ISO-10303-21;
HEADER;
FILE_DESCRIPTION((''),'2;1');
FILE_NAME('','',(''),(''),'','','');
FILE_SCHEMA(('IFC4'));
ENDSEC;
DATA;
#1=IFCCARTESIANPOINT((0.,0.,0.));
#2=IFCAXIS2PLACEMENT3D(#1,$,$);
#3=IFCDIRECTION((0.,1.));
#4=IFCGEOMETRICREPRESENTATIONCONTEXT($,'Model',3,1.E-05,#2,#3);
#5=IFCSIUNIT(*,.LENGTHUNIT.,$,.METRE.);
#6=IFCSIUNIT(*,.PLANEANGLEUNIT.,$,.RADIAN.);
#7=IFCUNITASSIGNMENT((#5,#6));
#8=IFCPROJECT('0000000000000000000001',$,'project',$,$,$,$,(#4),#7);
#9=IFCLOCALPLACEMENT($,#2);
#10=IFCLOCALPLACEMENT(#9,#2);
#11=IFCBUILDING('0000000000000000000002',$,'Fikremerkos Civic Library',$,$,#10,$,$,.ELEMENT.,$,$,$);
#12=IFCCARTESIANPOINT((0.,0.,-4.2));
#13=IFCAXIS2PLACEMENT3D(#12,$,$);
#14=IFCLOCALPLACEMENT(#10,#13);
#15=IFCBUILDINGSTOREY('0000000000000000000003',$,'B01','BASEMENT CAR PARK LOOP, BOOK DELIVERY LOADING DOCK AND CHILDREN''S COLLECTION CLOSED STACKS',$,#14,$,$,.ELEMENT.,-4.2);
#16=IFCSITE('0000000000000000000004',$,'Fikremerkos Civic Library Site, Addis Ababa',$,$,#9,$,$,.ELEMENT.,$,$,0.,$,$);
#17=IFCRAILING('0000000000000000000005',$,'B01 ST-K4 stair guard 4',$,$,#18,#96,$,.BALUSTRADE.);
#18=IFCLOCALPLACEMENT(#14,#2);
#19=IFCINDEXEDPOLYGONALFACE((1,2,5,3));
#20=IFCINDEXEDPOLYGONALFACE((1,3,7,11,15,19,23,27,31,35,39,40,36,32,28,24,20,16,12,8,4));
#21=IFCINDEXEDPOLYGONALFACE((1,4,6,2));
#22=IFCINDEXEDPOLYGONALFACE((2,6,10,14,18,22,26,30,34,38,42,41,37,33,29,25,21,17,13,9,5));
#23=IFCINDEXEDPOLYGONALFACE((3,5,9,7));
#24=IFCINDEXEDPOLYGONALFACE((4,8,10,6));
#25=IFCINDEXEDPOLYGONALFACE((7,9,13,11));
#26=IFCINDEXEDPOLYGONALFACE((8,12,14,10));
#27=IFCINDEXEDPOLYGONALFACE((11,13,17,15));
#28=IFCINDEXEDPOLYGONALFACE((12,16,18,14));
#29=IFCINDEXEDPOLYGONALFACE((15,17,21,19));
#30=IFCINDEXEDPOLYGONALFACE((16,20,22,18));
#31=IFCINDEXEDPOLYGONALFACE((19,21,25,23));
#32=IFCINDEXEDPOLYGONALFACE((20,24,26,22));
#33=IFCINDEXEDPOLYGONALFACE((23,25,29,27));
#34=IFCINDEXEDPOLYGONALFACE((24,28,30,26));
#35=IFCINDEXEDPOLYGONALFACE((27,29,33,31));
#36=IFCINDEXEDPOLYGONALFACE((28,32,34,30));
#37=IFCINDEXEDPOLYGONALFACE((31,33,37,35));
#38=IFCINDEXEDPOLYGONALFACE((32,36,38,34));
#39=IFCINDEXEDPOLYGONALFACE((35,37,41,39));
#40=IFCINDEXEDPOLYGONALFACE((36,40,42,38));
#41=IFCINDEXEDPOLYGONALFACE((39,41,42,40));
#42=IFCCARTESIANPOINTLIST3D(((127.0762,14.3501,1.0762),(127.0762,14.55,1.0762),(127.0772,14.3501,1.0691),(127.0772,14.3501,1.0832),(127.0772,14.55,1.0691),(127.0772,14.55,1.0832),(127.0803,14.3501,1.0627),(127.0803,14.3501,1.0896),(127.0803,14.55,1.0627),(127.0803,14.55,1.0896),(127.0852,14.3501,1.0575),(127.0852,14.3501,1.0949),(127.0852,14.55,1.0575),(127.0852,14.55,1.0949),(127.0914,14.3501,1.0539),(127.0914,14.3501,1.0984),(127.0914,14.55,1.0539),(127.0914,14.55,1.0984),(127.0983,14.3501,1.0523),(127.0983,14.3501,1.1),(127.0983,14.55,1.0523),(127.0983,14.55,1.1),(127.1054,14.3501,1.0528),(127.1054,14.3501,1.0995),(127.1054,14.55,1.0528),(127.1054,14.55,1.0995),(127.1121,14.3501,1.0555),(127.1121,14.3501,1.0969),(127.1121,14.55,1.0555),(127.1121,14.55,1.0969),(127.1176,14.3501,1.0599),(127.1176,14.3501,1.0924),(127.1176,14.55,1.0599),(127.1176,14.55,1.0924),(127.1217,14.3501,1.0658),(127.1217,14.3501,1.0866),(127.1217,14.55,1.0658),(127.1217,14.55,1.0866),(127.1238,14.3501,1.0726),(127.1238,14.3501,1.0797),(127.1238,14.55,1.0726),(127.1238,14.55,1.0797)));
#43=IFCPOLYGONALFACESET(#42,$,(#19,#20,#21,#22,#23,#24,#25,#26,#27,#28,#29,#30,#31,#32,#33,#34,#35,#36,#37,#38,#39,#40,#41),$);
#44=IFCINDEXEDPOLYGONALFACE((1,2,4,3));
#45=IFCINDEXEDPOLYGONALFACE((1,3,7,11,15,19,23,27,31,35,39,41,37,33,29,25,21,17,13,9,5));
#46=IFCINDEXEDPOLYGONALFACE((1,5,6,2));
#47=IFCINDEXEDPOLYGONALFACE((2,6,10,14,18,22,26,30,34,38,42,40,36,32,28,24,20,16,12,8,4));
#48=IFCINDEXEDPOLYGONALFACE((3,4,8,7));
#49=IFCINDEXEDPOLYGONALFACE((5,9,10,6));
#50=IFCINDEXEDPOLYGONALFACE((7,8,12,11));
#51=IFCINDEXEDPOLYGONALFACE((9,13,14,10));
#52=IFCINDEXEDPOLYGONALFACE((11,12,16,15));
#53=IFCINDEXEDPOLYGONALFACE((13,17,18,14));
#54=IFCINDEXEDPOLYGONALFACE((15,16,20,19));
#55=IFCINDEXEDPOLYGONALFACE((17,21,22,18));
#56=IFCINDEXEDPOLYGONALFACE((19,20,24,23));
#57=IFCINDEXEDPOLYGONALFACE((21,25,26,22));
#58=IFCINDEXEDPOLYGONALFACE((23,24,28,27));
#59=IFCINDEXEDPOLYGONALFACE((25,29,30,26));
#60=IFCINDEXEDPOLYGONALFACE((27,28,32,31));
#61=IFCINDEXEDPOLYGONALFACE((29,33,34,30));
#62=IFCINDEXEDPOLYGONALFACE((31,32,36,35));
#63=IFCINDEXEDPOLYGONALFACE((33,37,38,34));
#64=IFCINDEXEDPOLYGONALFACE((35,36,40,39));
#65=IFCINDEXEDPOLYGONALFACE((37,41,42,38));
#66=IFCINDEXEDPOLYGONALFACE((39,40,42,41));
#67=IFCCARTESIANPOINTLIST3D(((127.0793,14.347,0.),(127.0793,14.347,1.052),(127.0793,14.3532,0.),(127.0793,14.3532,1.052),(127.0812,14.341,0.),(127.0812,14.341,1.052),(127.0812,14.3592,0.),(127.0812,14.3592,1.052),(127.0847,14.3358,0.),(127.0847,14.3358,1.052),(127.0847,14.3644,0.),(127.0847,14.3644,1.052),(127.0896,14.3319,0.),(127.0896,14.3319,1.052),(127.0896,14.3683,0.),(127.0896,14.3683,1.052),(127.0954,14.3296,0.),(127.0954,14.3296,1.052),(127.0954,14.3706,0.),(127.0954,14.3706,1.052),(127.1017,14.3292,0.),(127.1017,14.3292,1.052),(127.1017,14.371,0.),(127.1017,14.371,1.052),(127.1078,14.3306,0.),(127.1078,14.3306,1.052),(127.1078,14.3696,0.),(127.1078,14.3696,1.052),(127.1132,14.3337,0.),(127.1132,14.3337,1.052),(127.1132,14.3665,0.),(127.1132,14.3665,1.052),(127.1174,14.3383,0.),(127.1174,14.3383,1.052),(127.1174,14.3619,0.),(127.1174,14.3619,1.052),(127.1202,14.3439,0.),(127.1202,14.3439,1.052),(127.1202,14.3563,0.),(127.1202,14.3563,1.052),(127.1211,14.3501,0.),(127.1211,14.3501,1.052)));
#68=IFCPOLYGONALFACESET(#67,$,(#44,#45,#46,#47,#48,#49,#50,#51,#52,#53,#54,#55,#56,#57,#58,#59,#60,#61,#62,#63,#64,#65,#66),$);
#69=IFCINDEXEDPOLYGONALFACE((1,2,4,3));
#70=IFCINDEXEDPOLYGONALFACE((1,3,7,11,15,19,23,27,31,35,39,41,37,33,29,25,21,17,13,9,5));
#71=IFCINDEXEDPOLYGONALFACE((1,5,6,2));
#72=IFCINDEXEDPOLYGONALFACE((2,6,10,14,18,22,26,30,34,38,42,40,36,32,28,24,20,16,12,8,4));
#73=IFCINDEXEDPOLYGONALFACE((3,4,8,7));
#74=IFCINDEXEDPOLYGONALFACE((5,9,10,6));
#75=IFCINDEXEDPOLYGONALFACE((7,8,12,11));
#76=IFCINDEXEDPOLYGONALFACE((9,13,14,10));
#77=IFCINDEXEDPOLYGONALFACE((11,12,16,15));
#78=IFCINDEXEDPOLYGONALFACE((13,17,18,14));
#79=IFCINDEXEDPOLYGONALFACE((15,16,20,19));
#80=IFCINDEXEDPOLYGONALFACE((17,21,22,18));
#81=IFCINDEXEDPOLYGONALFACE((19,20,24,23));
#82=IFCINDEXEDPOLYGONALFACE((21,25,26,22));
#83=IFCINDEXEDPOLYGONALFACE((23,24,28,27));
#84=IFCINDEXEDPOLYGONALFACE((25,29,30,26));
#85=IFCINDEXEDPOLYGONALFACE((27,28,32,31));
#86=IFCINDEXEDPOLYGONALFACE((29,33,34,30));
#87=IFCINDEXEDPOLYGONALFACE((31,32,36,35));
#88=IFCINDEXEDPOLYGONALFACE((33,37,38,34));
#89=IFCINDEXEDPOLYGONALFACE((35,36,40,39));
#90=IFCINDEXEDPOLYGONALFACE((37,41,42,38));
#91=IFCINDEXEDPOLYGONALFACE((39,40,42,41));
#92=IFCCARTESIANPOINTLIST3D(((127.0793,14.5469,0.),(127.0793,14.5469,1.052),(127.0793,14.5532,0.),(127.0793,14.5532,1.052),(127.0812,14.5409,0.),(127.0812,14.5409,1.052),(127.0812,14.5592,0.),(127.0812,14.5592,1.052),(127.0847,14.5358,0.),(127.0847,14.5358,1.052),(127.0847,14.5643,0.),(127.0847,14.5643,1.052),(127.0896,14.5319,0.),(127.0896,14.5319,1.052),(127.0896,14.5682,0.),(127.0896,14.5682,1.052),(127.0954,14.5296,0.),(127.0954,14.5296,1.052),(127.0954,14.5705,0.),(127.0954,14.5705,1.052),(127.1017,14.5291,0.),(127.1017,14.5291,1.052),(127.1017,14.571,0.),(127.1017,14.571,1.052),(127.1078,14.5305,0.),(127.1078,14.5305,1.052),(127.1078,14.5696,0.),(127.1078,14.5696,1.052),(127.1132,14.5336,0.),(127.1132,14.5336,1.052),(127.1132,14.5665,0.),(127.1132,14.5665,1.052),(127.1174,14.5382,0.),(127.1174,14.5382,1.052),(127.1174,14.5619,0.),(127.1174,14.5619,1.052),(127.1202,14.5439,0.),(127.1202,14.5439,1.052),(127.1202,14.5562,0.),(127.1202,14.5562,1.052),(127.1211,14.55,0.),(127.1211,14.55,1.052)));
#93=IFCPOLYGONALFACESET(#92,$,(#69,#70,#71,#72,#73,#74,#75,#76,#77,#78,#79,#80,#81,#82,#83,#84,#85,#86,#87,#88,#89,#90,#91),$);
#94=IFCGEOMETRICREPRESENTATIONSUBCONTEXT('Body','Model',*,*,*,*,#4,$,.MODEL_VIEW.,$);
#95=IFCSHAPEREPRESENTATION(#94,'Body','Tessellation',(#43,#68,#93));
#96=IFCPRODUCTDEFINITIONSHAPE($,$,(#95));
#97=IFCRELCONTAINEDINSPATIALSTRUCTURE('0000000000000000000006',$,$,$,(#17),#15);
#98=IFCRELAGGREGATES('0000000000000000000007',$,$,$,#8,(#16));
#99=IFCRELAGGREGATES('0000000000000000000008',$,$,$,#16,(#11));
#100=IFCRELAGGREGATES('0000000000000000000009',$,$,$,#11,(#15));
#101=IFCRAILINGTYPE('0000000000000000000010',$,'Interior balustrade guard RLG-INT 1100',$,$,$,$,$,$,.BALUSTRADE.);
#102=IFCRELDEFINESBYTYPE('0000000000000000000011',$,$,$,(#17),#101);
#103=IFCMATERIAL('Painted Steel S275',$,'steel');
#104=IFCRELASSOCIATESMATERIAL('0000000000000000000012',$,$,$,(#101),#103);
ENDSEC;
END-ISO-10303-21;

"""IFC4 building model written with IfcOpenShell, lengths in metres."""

from ifc_helpers import new_model, si_unit, direction, frame, origin, origin_2d, place, context, subcontext, project, spatial, circle, extrude, material, type_object, element, save


model = new_model("IFC4")

# Units and contexts
model_context = context("Model", 3, precision=1e-05, world=origin(), true_north=direction((0.0, 1.0)))
body_context = subcontext(model_context, "Body", "Model", "MODEL_VIEW")
ifc_project = project(units=[si_unit("LENGTHUNIT", "METRE"), si_unit("PLANEANGLEUNIT", "RADIAN")], contexts=[model_context])

# Site, building, storey
site_placement = place(None, origin())
site = spatial("IfcSite", under=ifc_project, at=site_placement, Name="Fikremerkos Civic Library Site, Addis Ababa", CompositionType="ELEMENT", RefElevation=0.0)
building_placement = place(site_placement, origin())
building = spatial("IfcBuilding", under=site, at=building_placement, Name="Fikremerkos Civic Library", CompositionType="ELEMENT")
storey_placement = place(building_placement, frame((0.0, 0.0, -4.2)))
storey = spatial("IfcBuildingStorey", under=building, at=storey_placement, Name="B01", Description="BASEMENT CAR PARK LOOP, BOOK DELIVERY LOADING DOCK AND CHILDREN'S COLLECTION CLOSED STACKS", CompositionType="ELEMENT", Elevation=-4.2)

# Railing
ifc_material_1 = material(Name="Painted Steel S275", Category="steel")
railing_type_1 = type_object("IfcRailingType", Name="Interior balustrade guard RLG-INT 1100", PredefinedType="BALUSTRADE", material=ifc_material_1)
railing_1_placement = place(storey_placement, frame((127.1001, 14.3501, 0.0)))
element("IfcRailing", 1, at=railing_1_placement, inside=storey, type_object=railing_type_1, Name="B01 ST-K4 stair guard 4", PredefinedType="BALUSTRADE", context=body_context, shape_type="SweptSolid", body=[
    extrude(circle(Radius=0.0239, at=origin_2d()), frame((0.0, 0.0, 1.0762), z_axis=(0.0, 1.0, 0.0), x_axis=(-1.0, 0.0, 0.0)), (0.0, 0.0, 1.0), 0.2),
    extrude(circle(Radius=0.021, at=origin_2d()), origin(), (0.0, 0.0, 1.0), 1.052),
    extrude(circle(Radius=0.021, at=origin_2d()), frame((0.0, 0.2, 0.0)), (0.0, 0.0, 1.0), 1.052),
])

save(model, "model.ifc")
